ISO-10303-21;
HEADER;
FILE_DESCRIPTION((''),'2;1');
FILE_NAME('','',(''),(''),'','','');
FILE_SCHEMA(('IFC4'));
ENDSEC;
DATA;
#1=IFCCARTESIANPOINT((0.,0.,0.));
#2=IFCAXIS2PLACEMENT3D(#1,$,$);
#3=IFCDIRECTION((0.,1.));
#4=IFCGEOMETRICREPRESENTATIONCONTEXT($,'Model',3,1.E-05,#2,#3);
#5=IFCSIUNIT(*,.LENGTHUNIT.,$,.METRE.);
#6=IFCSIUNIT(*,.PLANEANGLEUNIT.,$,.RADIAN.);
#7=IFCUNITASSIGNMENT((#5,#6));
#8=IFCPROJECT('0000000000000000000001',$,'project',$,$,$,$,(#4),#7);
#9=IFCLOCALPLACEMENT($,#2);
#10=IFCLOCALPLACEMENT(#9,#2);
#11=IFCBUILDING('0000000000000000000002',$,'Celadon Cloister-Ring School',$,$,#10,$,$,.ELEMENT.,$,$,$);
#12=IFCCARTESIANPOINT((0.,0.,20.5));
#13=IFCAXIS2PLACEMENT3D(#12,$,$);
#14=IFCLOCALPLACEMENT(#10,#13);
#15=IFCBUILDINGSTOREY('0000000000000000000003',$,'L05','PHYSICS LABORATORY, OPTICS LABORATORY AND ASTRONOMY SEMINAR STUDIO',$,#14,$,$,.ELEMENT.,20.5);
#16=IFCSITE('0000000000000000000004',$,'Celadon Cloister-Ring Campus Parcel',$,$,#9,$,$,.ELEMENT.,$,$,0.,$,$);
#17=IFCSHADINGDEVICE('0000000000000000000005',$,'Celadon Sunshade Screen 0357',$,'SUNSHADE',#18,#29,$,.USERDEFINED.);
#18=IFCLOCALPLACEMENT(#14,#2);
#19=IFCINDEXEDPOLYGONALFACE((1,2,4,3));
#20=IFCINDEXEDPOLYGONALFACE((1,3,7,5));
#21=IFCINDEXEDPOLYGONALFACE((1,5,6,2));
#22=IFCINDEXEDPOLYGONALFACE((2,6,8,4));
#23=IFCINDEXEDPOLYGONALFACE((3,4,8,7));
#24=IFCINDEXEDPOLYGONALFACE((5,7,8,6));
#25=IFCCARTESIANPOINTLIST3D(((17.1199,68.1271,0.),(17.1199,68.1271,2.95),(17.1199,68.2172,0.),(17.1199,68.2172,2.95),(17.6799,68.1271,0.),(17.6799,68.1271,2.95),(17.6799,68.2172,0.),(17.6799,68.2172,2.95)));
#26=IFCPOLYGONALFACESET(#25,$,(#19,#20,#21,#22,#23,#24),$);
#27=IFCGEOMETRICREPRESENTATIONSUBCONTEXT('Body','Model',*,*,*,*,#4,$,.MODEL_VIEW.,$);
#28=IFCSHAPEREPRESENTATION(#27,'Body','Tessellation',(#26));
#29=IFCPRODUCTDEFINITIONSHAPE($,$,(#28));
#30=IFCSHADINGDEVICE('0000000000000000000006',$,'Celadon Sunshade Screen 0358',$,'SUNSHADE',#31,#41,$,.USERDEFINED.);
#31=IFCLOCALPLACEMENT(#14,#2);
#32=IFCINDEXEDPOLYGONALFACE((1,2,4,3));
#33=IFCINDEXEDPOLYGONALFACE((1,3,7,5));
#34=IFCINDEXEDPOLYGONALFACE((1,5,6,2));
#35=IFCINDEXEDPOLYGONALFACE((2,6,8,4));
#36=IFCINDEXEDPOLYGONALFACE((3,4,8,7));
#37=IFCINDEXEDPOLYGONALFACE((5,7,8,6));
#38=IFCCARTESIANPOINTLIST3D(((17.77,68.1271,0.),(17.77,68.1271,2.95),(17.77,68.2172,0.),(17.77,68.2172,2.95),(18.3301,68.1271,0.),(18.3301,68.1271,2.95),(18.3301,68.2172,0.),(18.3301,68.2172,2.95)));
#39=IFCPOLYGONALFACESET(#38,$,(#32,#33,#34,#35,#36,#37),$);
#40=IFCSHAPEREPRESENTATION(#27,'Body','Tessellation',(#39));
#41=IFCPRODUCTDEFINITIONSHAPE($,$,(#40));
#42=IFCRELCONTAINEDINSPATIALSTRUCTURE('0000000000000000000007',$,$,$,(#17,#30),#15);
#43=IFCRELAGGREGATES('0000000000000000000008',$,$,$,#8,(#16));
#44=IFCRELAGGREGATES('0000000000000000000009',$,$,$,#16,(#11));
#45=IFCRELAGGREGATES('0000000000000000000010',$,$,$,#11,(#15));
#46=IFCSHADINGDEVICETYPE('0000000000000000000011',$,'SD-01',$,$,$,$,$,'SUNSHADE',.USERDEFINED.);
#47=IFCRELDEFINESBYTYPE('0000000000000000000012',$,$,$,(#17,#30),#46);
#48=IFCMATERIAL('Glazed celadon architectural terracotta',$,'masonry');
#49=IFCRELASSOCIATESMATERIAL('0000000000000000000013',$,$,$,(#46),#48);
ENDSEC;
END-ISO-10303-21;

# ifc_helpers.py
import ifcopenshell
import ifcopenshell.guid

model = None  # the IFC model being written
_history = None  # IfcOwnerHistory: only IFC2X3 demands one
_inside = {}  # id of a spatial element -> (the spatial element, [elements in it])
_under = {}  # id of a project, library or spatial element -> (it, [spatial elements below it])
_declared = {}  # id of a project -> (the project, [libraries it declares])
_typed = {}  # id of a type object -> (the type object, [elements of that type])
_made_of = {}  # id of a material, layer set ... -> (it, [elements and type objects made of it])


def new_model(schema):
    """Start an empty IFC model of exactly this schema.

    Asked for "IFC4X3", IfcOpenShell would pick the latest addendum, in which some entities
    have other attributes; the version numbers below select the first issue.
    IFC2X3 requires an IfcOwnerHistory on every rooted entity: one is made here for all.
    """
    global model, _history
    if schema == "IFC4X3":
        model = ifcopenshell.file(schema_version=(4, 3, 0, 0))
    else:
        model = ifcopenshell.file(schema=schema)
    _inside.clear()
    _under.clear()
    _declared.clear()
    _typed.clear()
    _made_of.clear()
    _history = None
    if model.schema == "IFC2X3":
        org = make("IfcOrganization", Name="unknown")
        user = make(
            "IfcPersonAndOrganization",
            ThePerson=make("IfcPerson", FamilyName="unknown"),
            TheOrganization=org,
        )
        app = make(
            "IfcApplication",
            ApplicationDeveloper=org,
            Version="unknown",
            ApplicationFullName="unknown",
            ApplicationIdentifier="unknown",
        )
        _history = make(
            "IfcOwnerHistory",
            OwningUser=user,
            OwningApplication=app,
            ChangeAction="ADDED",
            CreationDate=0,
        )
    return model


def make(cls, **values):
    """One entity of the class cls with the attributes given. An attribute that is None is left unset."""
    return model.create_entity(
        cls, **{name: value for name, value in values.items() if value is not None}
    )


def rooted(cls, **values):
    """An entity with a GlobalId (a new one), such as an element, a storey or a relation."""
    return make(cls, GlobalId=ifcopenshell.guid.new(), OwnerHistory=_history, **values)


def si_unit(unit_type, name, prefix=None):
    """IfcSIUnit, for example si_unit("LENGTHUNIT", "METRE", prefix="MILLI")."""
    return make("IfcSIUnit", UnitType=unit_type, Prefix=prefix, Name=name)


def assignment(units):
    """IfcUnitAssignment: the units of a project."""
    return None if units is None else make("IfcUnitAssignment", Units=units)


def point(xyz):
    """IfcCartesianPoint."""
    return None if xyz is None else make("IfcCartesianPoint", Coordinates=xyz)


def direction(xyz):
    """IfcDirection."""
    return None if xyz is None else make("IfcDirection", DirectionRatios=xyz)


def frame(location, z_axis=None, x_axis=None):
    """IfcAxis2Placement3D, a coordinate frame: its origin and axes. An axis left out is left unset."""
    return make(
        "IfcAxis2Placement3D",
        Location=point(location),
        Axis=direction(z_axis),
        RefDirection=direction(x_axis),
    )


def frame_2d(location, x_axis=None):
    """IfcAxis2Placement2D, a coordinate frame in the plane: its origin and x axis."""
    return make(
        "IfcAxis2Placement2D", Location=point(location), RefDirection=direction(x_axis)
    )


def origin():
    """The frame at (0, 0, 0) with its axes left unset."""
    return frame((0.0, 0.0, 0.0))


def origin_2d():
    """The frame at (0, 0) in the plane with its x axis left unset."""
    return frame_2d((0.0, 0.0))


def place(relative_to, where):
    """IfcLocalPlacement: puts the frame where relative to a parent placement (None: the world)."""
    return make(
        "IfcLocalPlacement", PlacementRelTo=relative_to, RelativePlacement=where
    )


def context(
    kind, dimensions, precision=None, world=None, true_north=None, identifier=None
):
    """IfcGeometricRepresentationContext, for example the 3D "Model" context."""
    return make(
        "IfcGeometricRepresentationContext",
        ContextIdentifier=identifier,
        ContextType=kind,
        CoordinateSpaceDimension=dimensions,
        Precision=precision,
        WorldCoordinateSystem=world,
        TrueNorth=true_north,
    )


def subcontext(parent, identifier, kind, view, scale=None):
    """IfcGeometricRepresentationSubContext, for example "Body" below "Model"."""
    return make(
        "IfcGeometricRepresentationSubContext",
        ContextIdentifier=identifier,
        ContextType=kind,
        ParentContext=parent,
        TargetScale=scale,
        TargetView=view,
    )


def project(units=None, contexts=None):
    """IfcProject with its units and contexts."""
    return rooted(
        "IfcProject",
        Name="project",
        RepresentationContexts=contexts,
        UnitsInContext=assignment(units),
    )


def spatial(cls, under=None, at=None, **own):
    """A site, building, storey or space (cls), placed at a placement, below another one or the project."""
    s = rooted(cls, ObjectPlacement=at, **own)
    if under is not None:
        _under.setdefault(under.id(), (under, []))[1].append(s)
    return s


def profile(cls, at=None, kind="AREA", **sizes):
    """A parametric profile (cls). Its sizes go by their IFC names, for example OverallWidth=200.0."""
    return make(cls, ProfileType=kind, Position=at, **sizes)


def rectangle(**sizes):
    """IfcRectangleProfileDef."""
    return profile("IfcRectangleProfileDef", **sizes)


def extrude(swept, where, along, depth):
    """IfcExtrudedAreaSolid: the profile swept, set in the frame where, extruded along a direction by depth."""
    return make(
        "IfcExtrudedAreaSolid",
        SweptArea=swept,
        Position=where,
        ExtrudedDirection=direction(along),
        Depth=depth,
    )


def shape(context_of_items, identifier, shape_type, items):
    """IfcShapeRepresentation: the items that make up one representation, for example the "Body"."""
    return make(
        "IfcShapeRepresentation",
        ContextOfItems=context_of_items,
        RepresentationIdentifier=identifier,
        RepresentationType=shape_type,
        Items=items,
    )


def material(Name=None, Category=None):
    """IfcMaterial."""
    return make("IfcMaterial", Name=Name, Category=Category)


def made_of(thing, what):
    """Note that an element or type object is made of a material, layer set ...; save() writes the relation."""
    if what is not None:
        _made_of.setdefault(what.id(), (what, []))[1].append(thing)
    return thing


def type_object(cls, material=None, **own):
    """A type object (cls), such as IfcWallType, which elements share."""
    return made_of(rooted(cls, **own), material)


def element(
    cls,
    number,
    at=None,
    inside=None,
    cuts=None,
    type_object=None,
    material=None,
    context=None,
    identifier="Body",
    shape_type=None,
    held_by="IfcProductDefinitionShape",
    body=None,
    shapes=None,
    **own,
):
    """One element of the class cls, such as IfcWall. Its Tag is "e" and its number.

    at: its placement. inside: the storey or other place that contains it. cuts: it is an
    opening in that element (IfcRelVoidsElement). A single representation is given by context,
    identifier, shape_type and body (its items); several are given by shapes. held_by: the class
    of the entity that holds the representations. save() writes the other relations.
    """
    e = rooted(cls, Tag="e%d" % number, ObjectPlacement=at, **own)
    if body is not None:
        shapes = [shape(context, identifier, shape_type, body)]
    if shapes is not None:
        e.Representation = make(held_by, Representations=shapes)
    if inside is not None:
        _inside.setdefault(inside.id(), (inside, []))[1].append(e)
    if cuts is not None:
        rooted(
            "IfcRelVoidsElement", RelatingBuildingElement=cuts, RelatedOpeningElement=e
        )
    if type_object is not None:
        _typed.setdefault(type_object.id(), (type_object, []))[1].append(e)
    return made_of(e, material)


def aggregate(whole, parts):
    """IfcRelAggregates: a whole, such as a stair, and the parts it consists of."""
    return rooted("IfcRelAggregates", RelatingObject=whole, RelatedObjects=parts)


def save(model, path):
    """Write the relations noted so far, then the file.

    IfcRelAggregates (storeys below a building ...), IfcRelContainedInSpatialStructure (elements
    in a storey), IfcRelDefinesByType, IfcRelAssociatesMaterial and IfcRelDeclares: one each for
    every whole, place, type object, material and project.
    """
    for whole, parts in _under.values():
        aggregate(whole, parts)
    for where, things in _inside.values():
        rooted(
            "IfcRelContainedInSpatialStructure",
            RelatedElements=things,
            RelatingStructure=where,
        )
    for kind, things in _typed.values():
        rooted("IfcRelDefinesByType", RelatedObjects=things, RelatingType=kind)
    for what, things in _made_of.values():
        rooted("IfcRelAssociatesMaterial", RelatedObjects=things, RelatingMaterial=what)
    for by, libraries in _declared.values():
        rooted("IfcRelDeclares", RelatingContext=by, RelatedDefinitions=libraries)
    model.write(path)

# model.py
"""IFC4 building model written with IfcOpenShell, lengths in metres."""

from ifc_helpers import new_model, si_unit, direction, frame, origin, origin_2d, place, context, subcontext, project, spatial, rectangle, extrude, material, type_object, element, save


model = new_model("IFC4")

# Units and contexts
model_context = context("Model", 3, precision=1e-05, world=origin(), true_north=direction((0.0, 1.0)))
body_context = subcontext(model_context, "Body", "Model", "MODEL_VIEW")
ifc_project = project(units=[si_unit("LENGTHUNIT", "METRE"), si_unit("PLANEANGLEUNIT", "RADIAN")], contexts=[model_context])

# Site, building, storey
site_placement = place(None, origin())
site = spatial("IfcSite", under=ifc_project, at=site_placement, Name="Celadon Cloister-Ring Campus Parcel", CompositionType="ELEMENT", RefElevation=0.0)
building_placement = place(site_placement, origin())
building = spatial("IfcBuilding", under=site, at=building_placement, Name="Celadon Cloister-Ring School", CompositionType="ELEMENT")
storey_placement = place(building_placement, frame((0.0, 0.0, 20.5)))
storey = spatial("IfcBuildingStorey", under=building, at=storey_placement, Name="L05", Description="PHYSICS LABORATORY, OPTICS LABORATORY AND ASTRONOMY SEMINAR STUDIO", CompositionType="ELEMENT", Elevation=20.5)

# Shading devices
ifc_material_1 = material(Name="Glazed celadon architectural terracotta", Category="masonry")
shading_device_type = type_object("IfcShadingDeviceType", Name="SD-01", ElementType="SUNSHADE", PredefinedType="USERDEFINED", material=ifc_material_1)
for number, where, z_axis, x_axis, name in (
    (1, (17.3999, 68.1721, 0.0), (0.0, 0.0, 1.0), (1.0, 0.0, 0.0), "Celadon Sunshade Screen 0357"),
    (2, (18.05, 68.1721, 0.0), (0.0, 0.0, 1.0), (1.0, 0.0, 0.0), "Celadon Sunshade Screen 0358"),
):
    element("IfcShadingDevice", number, at=place(storey_placement, frame(where, z_axis=z_axis, x_axis=x_axis)), inside=storey, type_object=shading_device_type, Name=name, ObjectType="SUNSHADE", PredefinedType="USERDEFINED", context=body_context, shape_type="SweptSolid", body=[
        extrude(rectangle(XDim=0.5601, YDim=0.0901, at=origin_2d()), origin(), (0.0, 0.0, 1.0), 2.95),
    ])

save(model, "model.ifc")
